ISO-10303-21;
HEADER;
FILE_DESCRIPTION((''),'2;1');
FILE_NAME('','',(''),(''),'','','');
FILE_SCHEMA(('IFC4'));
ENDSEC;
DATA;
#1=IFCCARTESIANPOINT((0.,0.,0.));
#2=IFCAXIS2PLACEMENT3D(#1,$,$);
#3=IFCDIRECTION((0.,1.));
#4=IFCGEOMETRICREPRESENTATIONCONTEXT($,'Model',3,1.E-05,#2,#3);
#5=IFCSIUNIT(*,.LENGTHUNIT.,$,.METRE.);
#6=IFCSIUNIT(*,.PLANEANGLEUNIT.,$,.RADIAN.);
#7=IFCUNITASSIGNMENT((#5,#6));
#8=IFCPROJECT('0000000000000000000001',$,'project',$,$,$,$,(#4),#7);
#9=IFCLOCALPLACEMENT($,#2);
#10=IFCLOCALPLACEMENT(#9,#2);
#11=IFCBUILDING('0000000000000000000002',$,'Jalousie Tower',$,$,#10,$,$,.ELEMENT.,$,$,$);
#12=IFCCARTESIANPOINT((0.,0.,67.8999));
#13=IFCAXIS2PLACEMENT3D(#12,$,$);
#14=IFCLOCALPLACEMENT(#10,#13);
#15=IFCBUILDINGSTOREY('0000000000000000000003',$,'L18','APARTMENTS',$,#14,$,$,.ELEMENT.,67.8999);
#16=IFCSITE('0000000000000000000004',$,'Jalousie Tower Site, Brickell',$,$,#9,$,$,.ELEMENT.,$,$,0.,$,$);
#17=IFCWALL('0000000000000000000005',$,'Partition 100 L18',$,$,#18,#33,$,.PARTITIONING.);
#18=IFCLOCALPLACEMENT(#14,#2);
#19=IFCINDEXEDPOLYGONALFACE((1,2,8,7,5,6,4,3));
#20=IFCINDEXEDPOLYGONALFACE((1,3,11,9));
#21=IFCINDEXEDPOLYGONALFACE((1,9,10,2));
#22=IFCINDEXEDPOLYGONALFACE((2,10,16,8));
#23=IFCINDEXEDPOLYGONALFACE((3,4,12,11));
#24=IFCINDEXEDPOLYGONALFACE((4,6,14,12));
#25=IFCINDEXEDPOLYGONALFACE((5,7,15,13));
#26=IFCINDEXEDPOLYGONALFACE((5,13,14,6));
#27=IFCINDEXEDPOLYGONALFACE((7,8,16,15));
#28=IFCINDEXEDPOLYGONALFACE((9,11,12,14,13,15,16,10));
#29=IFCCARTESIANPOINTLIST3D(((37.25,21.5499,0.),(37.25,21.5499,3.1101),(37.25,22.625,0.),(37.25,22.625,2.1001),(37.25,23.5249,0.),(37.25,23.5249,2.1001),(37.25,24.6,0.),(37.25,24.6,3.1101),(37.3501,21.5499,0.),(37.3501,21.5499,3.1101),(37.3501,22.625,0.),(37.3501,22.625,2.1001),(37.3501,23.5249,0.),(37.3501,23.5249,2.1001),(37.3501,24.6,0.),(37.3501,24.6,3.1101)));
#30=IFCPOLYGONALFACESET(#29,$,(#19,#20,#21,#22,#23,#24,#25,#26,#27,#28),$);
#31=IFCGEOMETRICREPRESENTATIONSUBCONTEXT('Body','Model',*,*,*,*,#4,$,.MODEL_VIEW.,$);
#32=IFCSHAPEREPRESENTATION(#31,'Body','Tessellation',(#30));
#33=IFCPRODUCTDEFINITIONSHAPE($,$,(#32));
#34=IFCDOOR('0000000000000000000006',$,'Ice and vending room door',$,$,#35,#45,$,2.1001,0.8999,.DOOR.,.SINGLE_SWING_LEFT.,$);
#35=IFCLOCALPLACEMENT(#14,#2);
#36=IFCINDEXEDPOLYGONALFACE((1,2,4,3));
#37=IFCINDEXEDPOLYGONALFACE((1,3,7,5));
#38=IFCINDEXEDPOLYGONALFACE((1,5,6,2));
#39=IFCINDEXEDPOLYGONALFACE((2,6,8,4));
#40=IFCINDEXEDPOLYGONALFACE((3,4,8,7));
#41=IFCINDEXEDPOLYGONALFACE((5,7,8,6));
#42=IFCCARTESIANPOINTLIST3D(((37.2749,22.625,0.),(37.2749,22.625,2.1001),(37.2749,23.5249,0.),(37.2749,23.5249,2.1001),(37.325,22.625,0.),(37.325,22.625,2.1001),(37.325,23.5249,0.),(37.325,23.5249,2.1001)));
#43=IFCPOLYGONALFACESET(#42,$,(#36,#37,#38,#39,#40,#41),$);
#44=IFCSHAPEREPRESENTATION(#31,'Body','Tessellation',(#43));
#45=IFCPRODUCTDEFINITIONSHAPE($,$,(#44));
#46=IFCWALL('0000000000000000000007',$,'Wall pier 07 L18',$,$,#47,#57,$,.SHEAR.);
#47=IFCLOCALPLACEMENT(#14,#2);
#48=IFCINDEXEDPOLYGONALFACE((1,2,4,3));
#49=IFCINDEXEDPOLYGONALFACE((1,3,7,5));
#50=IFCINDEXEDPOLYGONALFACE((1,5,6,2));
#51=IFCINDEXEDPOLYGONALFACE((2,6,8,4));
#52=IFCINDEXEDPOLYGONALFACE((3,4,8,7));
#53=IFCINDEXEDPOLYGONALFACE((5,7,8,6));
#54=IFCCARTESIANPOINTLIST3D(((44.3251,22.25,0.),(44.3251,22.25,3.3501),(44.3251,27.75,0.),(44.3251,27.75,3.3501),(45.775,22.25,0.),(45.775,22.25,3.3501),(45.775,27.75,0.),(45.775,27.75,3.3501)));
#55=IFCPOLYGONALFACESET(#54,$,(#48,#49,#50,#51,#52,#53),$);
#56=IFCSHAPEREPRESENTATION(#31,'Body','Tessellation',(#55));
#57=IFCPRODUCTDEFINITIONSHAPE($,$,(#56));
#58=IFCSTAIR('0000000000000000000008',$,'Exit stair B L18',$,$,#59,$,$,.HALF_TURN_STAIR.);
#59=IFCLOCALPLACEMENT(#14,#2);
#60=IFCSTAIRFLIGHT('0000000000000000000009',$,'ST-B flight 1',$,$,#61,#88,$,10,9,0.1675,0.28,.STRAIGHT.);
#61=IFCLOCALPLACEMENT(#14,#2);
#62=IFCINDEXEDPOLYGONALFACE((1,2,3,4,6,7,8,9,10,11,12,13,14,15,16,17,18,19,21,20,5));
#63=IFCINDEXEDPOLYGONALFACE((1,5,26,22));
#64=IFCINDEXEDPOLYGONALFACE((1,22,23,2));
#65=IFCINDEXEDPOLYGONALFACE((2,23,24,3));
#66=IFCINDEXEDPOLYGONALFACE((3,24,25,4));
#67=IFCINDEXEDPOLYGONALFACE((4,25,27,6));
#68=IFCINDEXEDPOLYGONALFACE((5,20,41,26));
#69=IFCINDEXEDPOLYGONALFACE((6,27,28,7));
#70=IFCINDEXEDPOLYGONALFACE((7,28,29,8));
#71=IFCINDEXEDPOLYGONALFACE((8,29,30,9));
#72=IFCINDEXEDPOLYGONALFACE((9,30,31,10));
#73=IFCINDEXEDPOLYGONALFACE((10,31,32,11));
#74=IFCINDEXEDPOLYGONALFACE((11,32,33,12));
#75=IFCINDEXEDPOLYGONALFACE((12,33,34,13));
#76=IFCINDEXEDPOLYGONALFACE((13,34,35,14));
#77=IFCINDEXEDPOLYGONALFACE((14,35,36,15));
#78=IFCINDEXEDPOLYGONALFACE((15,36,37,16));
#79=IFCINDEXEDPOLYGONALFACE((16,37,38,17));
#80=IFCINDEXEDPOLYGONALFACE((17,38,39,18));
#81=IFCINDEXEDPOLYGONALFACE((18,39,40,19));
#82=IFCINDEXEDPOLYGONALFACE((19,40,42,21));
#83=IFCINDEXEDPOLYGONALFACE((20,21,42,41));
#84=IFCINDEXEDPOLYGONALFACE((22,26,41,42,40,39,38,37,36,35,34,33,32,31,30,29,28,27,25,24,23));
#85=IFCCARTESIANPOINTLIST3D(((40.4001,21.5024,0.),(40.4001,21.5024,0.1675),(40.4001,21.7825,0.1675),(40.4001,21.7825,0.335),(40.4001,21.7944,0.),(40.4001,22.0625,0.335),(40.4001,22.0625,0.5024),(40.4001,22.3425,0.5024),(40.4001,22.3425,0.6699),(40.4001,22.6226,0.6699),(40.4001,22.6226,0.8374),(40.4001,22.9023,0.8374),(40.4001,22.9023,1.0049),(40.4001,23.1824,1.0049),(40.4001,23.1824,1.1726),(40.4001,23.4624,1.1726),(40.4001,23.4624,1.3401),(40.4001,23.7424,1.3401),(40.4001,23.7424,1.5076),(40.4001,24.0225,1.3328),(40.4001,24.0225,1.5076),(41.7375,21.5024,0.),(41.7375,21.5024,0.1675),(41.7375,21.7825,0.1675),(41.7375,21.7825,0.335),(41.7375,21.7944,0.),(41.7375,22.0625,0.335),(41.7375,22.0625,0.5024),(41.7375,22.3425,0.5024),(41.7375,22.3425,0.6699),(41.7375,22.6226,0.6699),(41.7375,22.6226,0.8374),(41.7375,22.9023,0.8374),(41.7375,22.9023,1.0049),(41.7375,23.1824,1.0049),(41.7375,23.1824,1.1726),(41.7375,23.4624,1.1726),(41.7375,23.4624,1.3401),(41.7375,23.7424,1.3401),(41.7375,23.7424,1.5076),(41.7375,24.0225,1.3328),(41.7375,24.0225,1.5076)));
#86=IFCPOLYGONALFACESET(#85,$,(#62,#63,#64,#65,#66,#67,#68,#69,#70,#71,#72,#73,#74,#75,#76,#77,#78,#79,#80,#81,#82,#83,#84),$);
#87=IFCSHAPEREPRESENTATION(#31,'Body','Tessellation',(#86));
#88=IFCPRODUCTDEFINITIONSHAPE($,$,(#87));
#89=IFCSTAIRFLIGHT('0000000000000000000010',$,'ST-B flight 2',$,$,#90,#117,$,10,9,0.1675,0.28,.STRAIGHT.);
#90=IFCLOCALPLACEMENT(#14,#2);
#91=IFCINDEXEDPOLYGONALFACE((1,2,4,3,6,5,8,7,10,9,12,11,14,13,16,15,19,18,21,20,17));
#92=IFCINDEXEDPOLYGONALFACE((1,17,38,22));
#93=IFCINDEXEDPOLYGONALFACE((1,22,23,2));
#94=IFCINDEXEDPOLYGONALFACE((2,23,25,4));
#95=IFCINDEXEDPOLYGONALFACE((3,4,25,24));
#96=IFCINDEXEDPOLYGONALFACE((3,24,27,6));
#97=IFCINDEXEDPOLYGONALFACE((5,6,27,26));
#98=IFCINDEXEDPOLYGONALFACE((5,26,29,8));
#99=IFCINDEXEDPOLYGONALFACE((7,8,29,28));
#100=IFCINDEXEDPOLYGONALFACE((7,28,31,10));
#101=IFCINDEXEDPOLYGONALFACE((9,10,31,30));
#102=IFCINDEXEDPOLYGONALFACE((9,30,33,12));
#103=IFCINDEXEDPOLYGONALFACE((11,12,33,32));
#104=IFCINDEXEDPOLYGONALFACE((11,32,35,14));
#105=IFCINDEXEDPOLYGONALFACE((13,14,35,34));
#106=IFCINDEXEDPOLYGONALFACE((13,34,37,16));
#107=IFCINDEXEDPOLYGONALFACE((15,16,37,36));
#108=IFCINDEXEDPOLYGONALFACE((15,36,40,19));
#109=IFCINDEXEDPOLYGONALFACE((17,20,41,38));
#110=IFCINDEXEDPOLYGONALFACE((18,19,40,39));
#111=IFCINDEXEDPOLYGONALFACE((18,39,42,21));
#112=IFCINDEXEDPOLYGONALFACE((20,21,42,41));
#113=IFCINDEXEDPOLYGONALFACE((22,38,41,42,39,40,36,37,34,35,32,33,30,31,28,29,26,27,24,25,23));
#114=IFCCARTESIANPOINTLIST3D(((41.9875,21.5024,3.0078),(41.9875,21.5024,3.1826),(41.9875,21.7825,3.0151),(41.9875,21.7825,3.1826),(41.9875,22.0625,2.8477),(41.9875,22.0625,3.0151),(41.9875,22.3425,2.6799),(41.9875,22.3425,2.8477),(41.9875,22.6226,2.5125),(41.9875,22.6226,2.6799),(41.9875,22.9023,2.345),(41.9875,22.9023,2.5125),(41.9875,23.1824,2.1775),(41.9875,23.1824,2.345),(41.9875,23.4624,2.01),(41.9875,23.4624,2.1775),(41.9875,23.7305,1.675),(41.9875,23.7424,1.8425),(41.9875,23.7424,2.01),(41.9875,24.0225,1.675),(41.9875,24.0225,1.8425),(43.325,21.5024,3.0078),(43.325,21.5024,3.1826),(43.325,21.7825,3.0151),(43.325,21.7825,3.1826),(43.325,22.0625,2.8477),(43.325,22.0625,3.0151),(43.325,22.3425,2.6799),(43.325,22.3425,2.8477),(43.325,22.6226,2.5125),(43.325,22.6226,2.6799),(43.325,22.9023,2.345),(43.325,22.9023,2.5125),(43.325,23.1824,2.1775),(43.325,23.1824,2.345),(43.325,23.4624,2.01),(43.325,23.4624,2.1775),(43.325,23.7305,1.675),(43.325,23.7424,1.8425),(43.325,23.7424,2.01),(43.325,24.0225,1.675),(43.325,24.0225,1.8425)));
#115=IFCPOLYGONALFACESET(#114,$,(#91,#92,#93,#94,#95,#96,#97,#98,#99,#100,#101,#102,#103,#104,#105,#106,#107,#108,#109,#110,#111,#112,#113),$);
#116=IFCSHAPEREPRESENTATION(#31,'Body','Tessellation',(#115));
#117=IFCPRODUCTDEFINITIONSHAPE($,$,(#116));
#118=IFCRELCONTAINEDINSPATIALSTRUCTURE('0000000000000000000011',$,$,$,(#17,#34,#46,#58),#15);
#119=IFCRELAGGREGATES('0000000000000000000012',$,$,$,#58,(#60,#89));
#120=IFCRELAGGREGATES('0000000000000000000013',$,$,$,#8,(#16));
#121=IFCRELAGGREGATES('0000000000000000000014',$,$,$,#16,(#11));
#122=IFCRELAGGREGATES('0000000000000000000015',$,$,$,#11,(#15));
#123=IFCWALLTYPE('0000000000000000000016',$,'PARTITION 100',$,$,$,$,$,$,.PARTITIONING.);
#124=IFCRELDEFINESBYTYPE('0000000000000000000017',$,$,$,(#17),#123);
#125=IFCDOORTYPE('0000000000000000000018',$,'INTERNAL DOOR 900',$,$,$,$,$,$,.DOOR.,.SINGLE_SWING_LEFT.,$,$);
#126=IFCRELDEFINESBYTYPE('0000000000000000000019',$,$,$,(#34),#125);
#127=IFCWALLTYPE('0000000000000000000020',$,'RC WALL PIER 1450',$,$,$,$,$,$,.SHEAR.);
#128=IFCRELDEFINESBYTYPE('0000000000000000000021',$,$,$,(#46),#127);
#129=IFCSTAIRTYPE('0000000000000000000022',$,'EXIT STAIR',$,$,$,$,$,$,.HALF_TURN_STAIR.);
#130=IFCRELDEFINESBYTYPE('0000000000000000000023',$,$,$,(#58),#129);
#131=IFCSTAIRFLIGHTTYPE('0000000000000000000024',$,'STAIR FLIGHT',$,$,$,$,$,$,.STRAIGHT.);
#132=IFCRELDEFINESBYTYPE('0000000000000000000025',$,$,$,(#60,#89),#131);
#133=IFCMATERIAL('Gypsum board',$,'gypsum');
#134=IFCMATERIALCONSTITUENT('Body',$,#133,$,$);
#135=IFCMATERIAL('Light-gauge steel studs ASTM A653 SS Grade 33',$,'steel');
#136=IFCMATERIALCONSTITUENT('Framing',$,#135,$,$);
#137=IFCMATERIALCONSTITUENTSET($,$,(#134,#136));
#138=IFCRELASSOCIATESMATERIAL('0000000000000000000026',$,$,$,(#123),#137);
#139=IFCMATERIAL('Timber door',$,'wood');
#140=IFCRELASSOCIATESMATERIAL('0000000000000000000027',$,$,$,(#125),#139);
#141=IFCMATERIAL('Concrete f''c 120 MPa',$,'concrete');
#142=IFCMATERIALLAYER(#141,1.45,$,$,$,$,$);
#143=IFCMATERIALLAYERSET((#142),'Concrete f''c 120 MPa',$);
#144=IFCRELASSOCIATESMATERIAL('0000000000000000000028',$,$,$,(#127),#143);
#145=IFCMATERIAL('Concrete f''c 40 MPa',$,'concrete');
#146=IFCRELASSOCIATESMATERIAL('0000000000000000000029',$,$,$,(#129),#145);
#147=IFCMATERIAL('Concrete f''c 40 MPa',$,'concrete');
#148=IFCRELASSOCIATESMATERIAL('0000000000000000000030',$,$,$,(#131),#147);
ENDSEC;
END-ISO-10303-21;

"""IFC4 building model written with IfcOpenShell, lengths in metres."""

from ifc_helpers import new_model, si_unit, direction, frame, frame_2d, origin, place, context, subcontext, project, spatial, polyline, rectangle, outline, extrude, material, layer, layer_set, constituent, constituent_set, type_object, element, fill, aggregate, save


model = new_model("IFC4")

# Units and contexts
model_context = context("Model", 3, precision=1e-05, world=origin(), true_north=direction((0.0, 1.0)))
body_context = subcontext(model_context, "Body", "Model", "MODEL_VIEW")
ifc_project = project(units=[si_unit("LENGTHUNIT", "METRE"), si_unit("PLANEANGLEUNIT", "RADIAN")], contexts=[model_context])

# Site, building, storey
site_placement = place(None, origin())
site = spatial("IfcSite", under=ifc_project, at=site_placement, Name="Jalousie Tower Site, Brickell", CompositionType="ELEMENT", RefElevation=0.0)
building_placement = place(site_placement, origin())
building = spatial("IfcBuilding", under=site, at=building_placement, Name="Jalousie Tower", CompositionType="ELEMENT")
storey_placement = place(building_placement, frame((0.0, 0.0, 67.8999)))
storey = spatial("IfcBuildingStorey", under=building, at=storey_placement, Name="L18", Description="APARTMENTS", CompositionType="ELEMENT", Elevation=67.8999)

# Shared definitions
ifc_material_1 = material(Name="Gypsum board", Category="gypsum")
ifc_constituent_1 = constituent(ifc_material_1, Name="Body")
ifc_material_2 = material(Name="Light-gauge steel studs ASTM A653 SS Grade 33", Category="steel")
ifc_constituent_2 = constituent(ifc_material_2, Name="Framing")
ifc_constituent_set_1 = constituent_set(constituents=[ifc_constituent_1, ifc_constituent_2])
wall_type_1 = type_object("IfcWallType", Name="PARTITION 100", PredefinedType="PARTITIONING", material=ifc_constituent_set_1)

# Wall, opening, door
wall_1_placement = place(storey_placement, frame((37.3, 21.55, 0.0), z_axis=(0.0, 0.0, 1.0), x_axis=(0.0, 1.0, 0.0)))
wall_1 = element("IfcWall", 1, at=wall_1_placement, inside=storey, type_object=wall_type_1, Name="Partition 100 L18", PredefinedType="PARTITIONING", context=body_context, shape_type="SweptSolid", body=[
    extrude(rectangle(XDim=3.05, YDim=0.1001, at=frame_2d((1.5249, 0.0))), origin(), (0.0, 0.0, 1.0), 3.1101),
])
opening_1_placement = place(wall_1_placement, frame((1.075, 0.0, 0.0)))
opening_1 = element("IfcOpeningElement", 2, at=opening_1_placement, cuts=wall_1, PredefinedType="OPENING", context=body_context, shape_type="SweptSolid", body=[
    extrude(rectangle(XDim=0.8999, YDim=2.1001, at=frame_2d((0.45, 1.05))), frame((0.0, 0.0601, 0.0), z_axis=(0.0, -1.0, 0.0), x_axis=(1.0, 0.0, 0.0)), (0.0, 0.0, 1.0), 0.1201),
])
ifc_material_3 = material(Name="Timber door", Category="wood")
door_type_1 = type_object("IfcDoorType", Name="INTERNAL DOOR 900", OperationType="SINGLE_SWING_LEFT", PredefinedType="DOOR", material=ifc_material_3)
door_1_placement = place(opening_1_placement, frame((0.8999, 0.0, 0.0), z_axis=(0.0, 0.0, 1.0), x_axis=(-1.0, 0.0, 0.0)))
door_1 = element("IfcDoor", 3, at=door_1_placement, inside=storey, type_object=door_type_1, Name="Ice and vending room door", OperationType="SINGLE_SWING_LEFT", OverallHeight=2.1001, OverallWidth=0.8999, PredefinedType="DOOR", context=body_context, shape_type="SweptSolid", body=[
    extrude(rectangle(XDim=0.8999, YDim=2.1001, at=frame_2d((0.45, 1.05))), frame((0.0, 0.0249, 0.0), z_axis=(0.0, -1.0, 0.0), x_axis=(1.0, 0.0, 0.0)), (0.0, 0.0, 1.0), 0.05),
])
fill(opening_1, door_1)

# Wall
ifc_material_4 = material(Name="Concrete f'c 120 MPa", Category="concrete")
ifc_layer_1 = layer(ifc_material_4, 1.45)
ifc_layer_set_1 = layer_set([ifc_layer_1], Name="Concrete f'c 120 MPa")
wall_type_2 = type_object("IfcWallType", Name="RC WALL PIER 1450", PredefinedType="SHEAR", material=ifc_layer_set_1)
wall_2_placement = place(storey_placement, frame((45.05, 22.25, 0.0), z_axis=(0.0, 0.0, 1.0), x_axis=(0.0, 1.0, 0.0)))
element("IfcWall", 4, at=wall_2_placement, inside=storey, type_object=wall_type_2, Name="Wall pier 07 L18", PredefinedType="SHEAR", context=body_context, shape_type="SweptSolid", body=[
    extrude(rectangle(XDim=5.5, YDim=1.45, at=frame_2d((2.75, 0.0))), origin(), (0.0, 0.0, 1.0), 3.3501),
])

# Stair, stair flights
ifc_material_5 = material(Name="Concrete f'c 40 MPa", Category="concrete")
stair_type = type_object("IfcStairType", Name="EXIT STAIR", PredefinedType="HALF_TURN_STAIR", material=ifc_material_5)
stair_placement = place(storey_placement, origin())
stair = element("IfcStair", 5, at=stair_placement, inside=storey, type_object=stair_type, Name="Exit stair B L18", PredefinedType="HALF_TURN_STAIR")
ifc_material_6 = material(Name="Concrete f'c 40 MPa", Category="concrete")
stair_flight_type = type_object("IfcStairFlightType", Name="STAIR FLIGHT", PredefinedType="STRAIGHT", material=ifc_material_6)
stair_flight_1_placement = place(storey_placement, frame((41.0688, 21.5024, 0.0), z_axis=(0.0, 0.0, 1.0), x_axis=(0.0, 1.0, 0.0)))
stair_flight_1 = element("IfcStairFlight", 6, at=stair_flight_1_placement, type_object=stair_flight_type, Name="ST-B flight 1", NumberOfRisers=10, NumberOfTreads=9, PredefinedType="STRAIGHT", RiserHeight=0.1675, TreadLength=0.28, context=body_context, shape_type="SweptSolid", body=[
    extrude(outline(polyline([(0.0, 0.0), (0.0, 0.1675), (0.28, 0.1675), (0.28, 0.335), (0.5601, 0.335), (0.5601, 0.5024), (0.8401, 0.5024), (0.8401, 0.6699), (1.1201, 0.6699), (1.1201, 0.8374), (1.3999, 0.8374), (1.3999, 1.0049), (1.6799, 1.0049), (1.6799, 1.1726), (1.96, 1.1726), (1.96, 1.3401), (2.24, 1.3401), (2.24, 1.5076), (2.52, 1.5076), (2.52, 1.675), (2.52, 1.3328), (0.292, 0.0), (0.0, 0.0)])), frame((0.0, 0.6687, 0.0), z_axis=(0.0, -1.0, 0.0), x_axis=(1.0, 0.0, 0.0)), (0.0, 0.0, 1.0), 1.3374),
])
stair_flight_2_placement = place(storey_placement, frame((42.6562, 24.0225, 1.675), z_axis=(0.0, 0.0, 1.0), x_axis=(0.0, -1.0, 0.0)))
stair_flight_2 = element("IfcStairFlight", 7, at=stair_flight_2_placement, type_object=stair_flight_type, Name="ST-B flight 2", NumberOfRisers=10, NumberOfTreads=9, PredefinedType="STRAIGHT", RiserHeight=0.1675, TreadLength=0.28, context=body_context, shape_type="SweptSolid", body=[
    extrude(outline(polyline([(0.0, 0.0), (0.0, 0.1675), (0.28, 0.1675), (0.28, 0.335), (0.5601, 0.335), (0.5601, 0.5024), (0.8401, 0.5024), (0.8401, 0.6699), (1.1201, 0.6699), (1.1201, 0.8374), (1.3999, 0.8374), (1.3999, 1.0049), (1.6799, 1.0049), (1.6799, 1.1726), (1.96, 1.1726), (1.96, 1.3401), (2.24, 1.3401), (2.24, 1.5076), (2.52, 1.5076), (2.52, 1.675), (2.52, 1.3328), (0.292, 0.0), (0.0, 0.0)])), frame((0.0, 0.6687, 0.0), z_axis=(0.0, -1.0, 0.0), x_axis=(1.0, 0.0, 0.0)), (0.0, 0.0, 1.0), 1.3374),
])
aggregate(stair, [stair_flight_1, stair_flight_2])

save(model, "model.ifc")
